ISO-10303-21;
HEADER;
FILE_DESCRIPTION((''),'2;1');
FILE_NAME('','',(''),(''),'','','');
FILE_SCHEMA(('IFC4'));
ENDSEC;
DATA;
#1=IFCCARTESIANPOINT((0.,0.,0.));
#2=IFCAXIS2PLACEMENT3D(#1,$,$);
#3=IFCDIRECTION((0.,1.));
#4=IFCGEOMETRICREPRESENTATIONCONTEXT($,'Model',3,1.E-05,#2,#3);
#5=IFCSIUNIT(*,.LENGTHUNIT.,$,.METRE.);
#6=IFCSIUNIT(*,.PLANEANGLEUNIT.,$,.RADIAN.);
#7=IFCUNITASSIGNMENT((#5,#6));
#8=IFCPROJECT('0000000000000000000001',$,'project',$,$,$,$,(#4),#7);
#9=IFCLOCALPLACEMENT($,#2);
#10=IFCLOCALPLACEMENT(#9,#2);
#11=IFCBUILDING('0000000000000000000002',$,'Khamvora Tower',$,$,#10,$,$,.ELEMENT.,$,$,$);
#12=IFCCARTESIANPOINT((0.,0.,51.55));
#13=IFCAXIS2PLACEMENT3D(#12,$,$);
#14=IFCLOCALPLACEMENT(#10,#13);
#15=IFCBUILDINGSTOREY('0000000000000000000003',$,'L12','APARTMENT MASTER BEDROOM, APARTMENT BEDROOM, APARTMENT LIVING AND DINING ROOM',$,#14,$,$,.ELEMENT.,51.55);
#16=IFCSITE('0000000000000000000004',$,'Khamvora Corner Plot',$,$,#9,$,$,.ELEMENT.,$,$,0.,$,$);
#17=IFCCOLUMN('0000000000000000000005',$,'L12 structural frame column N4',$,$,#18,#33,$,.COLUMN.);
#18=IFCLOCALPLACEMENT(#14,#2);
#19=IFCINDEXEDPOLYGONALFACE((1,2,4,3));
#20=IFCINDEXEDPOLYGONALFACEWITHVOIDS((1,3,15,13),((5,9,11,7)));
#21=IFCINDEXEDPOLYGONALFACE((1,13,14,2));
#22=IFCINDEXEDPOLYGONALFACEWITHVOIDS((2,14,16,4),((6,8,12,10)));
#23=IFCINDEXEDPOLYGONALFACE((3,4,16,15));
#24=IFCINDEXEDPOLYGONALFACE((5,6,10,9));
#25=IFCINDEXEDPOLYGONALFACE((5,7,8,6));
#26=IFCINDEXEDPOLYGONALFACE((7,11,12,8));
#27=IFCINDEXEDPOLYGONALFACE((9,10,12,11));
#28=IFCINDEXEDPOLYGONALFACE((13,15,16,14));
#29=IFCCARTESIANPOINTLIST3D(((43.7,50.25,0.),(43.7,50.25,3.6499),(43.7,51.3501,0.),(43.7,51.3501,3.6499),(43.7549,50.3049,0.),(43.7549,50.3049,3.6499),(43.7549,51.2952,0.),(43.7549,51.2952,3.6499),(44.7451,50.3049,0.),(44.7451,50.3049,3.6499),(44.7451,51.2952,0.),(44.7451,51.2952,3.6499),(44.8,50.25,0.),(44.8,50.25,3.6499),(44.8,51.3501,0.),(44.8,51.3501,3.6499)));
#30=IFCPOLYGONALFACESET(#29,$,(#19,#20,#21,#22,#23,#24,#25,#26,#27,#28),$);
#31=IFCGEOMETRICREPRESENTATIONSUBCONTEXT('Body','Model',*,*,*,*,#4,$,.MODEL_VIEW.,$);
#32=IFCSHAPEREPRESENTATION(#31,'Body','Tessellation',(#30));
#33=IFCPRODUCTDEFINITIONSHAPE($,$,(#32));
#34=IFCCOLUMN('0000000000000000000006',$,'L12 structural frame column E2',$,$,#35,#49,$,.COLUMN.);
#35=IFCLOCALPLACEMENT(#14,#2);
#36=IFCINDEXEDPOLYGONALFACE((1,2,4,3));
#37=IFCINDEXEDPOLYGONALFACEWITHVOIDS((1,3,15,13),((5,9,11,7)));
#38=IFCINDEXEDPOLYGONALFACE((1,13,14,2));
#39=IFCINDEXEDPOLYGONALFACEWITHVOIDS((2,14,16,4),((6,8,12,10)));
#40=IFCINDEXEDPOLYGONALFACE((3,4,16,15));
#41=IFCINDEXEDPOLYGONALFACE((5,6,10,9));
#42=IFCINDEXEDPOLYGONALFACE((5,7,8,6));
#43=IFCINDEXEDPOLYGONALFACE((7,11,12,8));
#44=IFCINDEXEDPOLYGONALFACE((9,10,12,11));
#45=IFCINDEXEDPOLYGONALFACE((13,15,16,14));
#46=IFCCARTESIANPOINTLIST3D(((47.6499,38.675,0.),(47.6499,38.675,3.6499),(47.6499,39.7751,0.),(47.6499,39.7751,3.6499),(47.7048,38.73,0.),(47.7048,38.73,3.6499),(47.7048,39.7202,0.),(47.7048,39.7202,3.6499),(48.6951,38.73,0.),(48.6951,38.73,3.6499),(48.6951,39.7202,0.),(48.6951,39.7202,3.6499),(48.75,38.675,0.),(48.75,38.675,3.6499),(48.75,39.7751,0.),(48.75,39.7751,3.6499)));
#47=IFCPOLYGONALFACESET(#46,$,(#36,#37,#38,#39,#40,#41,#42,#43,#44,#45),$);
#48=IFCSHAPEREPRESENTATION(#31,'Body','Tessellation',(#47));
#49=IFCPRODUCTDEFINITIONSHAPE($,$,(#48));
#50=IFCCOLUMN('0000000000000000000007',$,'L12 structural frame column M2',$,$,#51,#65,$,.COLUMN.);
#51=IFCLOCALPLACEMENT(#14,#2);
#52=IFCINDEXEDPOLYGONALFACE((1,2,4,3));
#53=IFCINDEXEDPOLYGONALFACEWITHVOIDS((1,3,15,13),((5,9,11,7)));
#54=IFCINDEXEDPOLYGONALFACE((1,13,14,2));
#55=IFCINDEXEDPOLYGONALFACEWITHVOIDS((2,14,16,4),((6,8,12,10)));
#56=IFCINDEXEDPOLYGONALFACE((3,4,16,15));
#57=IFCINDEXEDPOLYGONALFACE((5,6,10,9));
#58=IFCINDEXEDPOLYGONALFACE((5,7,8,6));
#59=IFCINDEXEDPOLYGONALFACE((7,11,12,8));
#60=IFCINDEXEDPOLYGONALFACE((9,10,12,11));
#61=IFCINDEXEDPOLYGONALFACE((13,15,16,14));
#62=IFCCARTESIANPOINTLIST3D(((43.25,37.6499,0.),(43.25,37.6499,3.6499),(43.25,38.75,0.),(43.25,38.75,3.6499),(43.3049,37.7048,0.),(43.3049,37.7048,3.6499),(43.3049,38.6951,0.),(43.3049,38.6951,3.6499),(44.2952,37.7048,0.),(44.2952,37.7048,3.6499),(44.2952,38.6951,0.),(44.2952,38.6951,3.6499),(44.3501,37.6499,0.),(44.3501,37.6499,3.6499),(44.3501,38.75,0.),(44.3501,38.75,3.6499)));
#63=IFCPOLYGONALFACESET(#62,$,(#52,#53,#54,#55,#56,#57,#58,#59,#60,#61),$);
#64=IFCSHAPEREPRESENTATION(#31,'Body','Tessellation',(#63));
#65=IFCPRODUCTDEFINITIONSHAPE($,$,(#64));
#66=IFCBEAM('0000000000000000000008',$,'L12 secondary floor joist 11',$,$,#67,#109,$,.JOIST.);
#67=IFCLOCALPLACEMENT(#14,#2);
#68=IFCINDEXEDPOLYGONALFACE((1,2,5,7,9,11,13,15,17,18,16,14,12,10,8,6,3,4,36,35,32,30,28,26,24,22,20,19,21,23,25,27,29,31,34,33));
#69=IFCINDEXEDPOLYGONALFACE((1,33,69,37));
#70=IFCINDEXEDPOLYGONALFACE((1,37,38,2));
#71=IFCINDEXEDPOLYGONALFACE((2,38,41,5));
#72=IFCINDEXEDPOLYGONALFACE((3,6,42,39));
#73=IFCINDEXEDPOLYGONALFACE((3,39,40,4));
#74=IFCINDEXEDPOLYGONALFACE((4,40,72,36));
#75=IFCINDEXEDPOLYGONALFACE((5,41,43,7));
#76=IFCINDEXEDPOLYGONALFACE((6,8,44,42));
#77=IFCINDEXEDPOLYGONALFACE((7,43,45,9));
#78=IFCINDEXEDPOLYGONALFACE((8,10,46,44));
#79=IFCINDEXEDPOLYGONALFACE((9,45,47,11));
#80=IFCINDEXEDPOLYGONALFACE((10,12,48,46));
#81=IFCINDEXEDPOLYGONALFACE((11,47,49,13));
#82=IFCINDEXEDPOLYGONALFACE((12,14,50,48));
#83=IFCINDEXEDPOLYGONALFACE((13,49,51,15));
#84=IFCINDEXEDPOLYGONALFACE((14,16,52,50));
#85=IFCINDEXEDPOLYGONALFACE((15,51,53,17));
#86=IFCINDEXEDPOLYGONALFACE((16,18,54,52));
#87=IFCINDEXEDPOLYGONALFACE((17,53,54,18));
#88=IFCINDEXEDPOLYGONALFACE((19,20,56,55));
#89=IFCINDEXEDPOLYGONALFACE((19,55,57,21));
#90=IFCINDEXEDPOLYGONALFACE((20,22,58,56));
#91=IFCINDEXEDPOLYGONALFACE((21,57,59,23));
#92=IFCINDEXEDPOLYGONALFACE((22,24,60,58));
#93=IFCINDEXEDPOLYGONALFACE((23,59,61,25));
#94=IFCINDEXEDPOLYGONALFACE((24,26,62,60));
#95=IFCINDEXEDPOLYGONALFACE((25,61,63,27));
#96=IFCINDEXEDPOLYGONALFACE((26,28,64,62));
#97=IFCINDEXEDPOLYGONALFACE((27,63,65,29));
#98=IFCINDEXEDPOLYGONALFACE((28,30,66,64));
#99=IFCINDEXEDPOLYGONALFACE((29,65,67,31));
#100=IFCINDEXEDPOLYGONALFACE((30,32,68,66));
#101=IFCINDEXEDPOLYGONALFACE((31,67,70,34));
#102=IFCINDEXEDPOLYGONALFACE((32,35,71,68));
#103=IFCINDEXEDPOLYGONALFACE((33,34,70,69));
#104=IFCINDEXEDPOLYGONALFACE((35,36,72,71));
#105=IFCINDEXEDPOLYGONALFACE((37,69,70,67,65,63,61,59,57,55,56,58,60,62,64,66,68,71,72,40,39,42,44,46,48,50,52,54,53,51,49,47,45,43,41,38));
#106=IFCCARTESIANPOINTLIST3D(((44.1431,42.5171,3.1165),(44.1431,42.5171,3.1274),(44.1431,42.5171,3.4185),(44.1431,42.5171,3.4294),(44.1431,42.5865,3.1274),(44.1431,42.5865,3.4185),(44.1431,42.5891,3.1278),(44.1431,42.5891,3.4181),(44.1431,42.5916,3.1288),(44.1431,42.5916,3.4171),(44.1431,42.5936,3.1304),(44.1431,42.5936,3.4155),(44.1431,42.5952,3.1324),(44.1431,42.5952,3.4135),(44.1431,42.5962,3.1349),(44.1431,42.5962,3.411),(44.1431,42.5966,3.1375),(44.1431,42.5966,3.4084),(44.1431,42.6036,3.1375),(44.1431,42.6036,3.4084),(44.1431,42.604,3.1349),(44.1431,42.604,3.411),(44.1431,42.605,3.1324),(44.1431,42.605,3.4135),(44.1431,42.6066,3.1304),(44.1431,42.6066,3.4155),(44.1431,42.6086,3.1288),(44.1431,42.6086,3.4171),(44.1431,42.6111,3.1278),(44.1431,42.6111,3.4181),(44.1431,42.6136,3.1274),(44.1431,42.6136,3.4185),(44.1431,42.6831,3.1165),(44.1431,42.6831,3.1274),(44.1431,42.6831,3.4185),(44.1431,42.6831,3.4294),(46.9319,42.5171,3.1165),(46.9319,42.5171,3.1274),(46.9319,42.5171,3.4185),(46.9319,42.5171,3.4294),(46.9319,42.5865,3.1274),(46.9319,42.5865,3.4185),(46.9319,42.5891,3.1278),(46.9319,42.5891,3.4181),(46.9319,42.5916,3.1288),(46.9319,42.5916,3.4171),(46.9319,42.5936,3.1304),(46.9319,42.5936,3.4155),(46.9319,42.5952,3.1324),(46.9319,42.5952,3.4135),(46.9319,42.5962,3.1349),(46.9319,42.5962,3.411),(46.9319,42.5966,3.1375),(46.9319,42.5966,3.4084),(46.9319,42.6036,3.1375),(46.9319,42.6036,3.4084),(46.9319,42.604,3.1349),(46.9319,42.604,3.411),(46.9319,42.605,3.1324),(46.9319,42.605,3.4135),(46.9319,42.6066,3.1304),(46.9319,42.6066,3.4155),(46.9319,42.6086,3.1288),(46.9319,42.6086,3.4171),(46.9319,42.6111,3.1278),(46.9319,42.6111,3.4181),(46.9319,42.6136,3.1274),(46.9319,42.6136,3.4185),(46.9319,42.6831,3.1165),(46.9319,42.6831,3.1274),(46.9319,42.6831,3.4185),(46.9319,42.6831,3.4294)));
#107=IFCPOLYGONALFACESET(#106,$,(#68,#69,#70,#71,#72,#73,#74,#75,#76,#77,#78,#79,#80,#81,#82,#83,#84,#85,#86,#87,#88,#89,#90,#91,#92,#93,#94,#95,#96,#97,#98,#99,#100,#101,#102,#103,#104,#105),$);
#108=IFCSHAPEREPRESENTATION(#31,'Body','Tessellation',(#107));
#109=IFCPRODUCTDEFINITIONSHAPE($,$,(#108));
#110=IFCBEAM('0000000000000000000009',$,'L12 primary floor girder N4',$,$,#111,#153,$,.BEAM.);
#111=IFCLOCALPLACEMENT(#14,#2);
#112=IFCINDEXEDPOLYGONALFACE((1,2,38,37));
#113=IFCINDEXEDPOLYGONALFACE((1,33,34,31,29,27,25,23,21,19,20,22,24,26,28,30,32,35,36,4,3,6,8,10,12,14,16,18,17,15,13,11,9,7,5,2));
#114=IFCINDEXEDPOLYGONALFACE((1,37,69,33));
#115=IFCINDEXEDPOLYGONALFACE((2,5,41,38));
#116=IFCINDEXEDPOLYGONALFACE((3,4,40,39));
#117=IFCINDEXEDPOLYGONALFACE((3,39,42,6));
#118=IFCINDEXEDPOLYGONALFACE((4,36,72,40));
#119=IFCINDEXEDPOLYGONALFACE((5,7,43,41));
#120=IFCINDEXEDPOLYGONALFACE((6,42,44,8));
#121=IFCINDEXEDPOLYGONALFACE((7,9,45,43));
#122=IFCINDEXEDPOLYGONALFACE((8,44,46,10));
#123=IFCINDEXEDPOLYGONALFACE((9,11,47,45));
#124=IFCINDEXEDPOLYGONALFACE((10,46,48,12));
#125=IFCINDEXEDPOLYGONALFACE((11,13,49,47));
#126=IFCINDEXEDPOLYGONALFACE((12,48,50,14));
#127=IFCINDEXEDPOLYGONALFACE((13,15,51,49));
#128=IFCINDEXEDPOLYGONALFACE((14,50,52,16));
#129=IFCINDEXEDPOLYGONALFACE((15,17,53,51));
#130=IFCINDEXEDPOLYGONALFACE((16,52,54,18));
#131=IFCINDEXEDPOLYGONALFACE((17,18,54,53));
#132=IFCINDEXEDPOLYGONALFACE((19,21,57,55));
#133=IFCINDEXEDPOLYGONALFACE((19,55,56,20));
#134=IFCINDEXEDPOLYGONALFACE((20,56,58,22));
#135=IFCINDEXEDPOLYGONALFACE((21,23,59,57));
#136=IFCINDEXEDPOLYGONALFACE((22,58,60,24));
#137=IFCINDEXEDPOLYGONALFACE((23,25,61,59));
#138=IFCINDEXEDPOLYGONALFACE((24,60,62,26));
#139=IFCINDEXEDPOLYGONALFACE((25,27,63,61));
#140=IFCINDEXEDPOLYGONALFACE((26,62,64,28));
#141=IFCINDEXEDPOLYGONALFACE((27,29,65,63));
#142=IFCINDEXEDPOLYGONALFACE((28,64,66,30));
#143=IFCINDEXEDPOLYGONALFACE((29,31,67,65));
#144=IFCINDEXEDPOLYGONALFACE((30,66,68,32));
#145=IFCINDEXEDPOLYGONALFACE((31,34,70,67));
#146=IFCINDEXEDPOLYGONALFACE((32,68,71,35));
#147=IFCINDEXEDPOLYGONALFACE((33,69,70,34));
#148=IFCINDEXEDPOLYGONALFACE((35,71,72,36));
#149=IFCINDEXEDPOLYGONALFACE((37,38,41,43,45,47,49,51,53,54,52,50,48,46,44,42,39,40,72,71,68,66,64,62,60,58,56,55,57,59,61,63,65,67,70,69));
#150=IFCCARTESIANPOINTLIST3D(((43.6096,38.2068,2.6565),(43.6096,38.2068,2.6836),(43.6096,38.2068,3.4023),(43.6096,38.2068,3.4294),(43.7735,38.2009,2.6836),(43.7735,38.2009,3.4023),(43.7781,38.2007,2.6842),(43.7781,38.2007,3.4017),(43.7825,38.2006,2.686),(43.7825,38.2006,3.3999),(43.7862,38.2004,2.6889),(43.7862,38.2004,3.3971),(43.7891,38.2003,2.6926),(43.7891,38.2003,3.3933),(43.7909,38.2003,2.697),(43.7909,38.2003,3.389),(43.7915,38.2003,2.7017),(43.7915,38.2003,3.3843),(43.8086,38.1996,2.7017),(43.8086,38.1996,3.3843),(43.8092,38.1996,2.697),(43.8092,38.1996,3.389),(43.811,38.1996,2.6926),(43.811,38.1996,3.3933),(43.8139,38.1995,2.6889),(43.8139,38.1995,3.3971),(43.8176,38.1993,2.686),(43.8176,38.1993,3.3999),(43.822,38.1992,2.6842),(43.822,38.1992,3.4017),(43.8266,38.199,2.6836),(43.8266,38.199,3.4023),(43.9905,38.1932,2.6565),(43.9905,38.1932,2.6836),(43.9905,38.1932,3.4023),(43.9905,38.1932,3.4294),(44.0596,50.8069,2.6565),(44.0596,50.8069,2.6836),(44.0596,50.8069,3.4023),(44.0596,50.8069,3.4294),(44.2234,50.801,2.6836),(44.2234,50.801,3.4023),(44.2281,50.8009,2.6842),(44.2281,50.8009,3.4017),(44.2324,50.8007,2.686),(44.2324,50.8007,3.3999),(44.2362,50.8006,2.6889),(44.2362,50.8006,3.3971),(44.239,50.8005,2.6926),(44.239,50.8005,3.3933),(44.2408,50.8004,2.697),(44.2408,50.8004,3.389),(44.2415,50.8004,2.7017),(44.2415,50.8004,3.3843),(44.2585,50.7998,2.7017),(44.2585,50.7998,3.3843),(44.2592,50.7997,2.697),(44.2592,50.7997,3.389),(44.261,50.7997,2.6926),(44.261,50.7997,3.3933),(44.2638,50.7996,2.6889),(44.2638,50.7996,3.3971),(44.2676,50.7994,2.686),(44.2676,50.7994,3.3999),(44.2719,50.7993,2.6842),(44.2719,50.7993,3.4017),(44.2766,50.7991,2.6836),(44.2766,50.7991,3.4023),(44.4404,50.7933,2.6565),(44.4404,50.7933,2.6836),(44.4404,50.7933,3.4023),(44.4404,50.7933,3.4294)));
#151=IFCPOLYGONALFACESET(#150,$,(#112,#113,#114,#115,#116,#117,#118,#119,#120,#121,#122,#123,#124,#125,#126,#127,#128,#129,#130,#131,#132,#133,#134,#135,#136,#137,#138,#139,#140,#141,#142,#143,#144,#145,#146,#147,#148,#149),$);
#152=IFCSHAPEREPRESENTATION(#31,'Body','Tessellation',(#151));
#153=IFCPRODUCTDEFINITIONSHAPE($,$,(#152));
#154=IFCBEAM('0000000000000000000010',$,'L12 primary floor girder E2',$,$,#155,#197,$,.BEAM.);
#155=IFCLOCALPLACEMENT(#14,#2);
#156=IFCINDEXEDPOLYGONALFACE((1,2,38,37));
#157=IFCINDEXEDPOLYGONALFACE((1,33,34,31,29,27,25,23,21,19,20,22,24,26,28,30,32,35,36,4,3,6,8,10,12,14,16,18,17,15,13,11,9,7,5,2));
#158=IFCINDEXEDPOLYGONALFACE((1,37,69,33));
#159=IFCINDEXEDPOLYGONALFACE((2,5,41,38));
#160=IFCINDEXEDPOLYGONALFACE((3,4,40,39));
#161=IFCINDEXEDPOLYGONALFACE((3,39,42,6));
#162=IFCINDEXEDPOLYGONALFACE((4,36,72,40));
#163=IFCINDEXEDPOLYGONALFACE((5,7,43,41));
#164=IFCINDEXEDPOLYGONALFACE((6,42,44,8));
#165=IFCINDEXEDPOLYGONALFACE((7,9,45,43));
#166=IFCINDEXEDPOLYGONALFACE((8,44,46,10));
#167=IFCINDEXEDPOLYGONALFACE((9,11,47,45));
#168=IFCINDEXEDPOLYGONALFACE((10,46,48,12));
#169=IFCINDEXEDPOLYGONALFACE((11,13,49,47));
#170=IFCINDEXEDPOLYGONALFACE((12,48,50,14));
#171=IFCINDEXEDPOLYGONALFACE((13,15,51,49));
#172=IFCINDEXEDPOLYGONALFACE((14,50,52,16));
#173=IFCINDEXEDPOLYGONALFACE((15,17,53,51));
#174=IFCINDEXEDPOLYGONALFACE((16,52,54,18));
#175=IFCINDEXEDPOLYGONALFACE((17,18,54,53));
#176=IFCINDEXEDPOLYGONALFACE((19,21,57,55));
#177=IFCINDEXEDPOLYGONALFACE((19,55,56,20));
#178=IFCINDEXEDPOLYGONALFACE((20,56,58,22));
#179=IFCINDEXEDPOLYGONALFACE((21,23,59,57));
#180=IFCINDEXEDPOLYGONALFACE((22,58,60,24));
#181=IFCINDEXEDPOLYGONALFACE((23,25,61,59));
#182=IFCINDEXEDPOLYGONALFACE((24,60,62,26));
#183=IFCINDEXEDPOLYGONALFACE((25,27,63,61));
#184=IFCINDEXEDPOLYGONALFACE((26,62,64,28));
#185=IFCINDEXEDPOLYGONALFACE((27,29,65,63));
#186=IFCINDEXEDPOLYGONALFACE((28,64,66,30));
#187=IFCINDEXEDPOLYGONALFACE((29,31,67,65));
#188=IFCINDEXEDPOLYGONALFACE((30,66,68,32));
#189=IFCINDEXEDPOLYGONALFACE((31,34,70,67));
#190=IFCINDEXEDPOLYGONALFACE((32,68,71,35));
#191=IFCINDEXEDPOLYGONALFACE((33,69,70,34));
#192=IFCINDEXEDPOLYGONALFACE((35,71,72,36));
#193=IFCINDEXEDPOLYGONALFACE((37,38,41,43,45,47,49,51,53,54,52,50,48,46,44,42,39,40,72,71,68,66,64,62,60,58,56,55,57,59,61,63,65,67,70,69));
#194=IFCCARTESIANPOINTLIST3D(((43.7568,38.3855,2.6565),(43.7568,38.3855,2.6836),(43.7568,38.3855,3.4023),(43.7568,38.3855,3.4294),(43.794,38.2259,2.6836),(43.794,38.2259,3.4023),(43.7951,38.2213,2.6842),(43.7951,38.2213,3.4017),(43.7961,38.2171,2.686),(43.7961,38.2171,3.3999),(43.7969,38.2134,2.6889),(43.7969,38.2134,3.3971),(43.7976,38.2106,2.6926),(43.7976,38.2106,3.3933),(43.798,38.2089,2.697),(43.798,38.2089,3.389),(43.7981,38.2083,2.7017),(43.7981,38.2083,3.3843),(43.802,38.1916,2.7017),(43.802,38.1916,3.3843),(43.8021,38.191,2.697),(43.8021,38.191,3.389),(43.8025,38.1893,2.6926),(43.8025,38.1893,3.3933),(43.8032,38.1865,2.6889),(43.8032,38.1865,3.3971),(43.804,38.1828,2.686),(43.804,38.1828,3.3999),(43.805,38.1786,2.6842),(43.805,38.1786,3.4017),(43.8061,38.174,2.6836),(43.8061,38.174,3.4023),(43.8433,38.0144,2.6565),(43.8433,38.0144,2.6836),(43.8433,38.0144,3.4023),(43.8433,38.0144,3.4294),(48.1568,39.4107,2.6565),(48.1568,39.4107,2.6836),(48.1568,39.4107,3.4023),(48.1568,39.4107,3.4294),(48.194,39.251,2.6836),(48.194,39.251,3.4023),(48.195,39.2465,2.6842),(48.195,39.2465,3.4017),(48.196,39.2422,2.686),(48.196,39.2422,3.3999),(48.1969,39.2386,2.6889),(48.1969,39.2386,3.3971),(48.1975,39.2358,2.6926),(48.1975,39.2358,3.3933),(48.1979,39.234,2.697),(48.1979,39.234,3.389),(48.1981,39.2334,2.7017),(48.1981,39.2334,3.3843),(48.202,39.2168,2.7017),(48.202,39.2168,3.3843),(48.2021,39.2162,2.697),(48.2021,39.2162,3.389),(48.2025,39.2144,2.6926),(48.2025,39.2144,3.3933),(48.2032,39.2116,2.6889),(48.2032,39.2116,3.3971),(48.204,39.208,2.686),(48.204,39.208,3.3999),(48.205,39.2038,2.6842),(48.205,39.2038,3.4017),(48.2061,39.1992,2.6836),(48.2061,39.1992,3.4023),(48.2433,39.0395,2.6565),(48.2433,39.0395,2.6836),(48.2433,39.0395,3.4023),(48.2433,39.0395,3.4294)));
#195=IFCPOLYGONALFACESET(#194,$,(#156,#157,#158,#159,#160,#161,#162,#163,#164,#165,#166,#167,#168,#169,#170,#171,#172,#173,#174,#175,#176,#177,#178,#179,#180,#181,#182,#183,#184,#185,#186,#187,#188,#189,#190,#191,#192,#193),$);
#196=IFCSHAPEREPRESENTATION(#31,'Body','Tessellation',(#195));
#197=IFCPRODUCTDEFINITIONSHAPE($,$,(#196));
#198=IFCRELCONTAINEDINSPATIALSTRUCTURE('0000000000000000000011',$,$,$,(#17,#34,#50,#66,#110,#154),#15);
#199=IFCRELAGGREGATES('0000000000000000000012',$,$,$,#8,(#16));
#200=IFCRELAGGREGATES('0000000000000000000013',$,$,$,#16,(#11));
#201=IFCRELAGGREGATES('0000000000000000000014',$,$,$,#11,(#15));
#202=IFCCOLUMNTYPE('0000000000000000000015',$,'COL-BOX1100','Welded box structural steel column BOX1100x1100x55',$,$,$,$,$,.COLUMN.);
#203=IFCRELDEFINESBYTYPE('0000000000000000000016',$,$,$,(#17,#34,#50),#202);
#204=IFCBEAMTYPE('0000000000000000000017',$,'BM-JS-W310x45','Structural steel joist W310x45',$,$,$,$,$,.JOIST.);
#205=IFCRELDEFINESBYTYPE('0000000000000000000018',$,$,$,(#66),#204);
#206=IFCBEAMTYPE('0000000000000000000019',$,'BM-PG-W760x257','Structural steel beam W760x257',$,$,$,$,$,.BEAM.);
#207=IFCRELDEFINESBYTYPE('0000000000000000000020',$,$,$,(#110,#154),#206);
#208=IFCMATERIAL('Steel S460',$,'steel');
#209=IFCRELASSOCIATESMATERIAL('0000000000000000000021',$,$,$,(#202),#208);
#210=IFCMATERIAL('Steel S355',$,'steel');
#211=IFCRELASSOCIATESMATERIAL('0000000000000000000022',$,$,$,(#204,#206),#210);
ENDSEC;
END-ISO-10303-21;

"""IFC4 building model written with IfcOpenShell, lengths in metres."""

from ifc_helpers import new_model, si_unit, direction, frame, origin, origin_2d, place, context, subcontext, project, spatial, hollow_rectangle, i_section, extrude, material, material_profile, profile_set, type_object, element, save


model = new_model("IFC4")

# Units and contexts
model_context = context("Model", 3, precision=1e-05, world=origin(), true_north=direction((0.0, 1.0)))
body_context = subcontext(model_context, "Body", "Model", "MODEL_VIEW")
ifc_project = project(units=[si_unit("LENGTHUNIT", "METRE"), si_unit("PLANEANGLEUNIT", "RADIAN")], contexts=[model_context])

# Site, building, storey
site_placement = place(None, origin())
site = spatial("IfcSite", under=ifc_project, at=site_placement, Name="Khamvora Corner Plot", CompositionType="ELEMENT", RefElevation=0.0)
building_placement = place(site_placement, origin())
building = spatial("IfcBuilding", under=site, at=building_placement, Name="Khamvora Tower", CompositionType="ELEMENT")
storey_placement = place(building_placement, frame((0.0, 0.0, 51.55)))
storey = spatial("IfcBuildingStorey", under=building, at=storey_placement, Name="L12", Description="APARTMENT MASTER BEDROOM, APARTMENT BEDROOM, APARTMENT LIVING AND DINING ROOM", CompositionType="ELEMENT", Elevation=51.55)

# Columns
ifc_material_1 = material(Name="Steel S460", Category="steel")
ifc_material_profile_1 = material_profile(ifc_material_1, hollow_rectangle(XDim=1.1001, YDim=1.1001, WallThickness=0.0549, at=origin_2d()), Name="BOX1100x1100x55")
ifc_profile_set_1 = profile_set([ifc_material_profile_1], Name="Steel S460")
column_type = type_object("IfcColumnType", Name="COL-BOX1100", Description="Welded box structural steel column BOX1100x1100x55", PredefinedType="COLUMN", material=ifc_profile_set_1)
for number, where, z_axis, x_axis, name in (
    (1, (44.25, 50.8, 0.0), (0.0, 0.0, 1.0), (1.0, 0.0, 0.0), "L12 structural frame column N4"),
    (2, (48.2, 39.2251, 0.0), (0.0, 0.0, 1.0), (1.0, 0.0, 0.0), "L12 structural frame column E2"),
    (3, (43.8, 38.2, 0.0), (0.0, 0.0, 1.0), (1.0, 0.0, 0.0), "L12 structural frame column M2"),
):
    element("IfcColumn", number, at=place(storey_placement, frame(where, z_axis=z_axis, x_axis=x_axis)), inside=storey, type_object=column_type, Name=name, PredefinedType="COLUMN", context=body_context, shape_type="SweptSolid", body=[
        extrude(hollow_rectangle(XDim=1.1001, YDim=1.1001, WallThickness=0.0549, at=origin_2d()), origin(), (0.0, 0.0, 1.0), 3.6499),
    ])

# Beams
ifc_material_2 = material(Name="Steel S355", Category="steel")
ifc_material_profile_2 = material_profile(ifc_material_2, i_section(OverallWidth=0.166, OverallDepth=0.313, WebThickness=0.0071, FlangeThickness=0.011, FilletRadius=0.01, at=origin_2d()), Name="W310x45")
ifc_profile_set_2 = profile_set([ifc_material_profile_2], Name="Steel S355")
beam_type_1 = type_object("IfcBeamType", Name="BM-JS-W310x45", Description="Structural steel joist W310x45", PredefinedType="JOIST", material=ifc_profile_set_2)
beam_1_placement = place(storey_placement, frame((44.1431, 42.6001, 3.2729), z_axis=(1.0, 0.0, 0.0), x_axis=(0.0, 1.0, 0.0)))
element("IfcBeam", 4, at=beam_1_placement, inside=storey, type_object=beam_type_1, Name="L12 secondary floor joist 11", PredefinedType="JOIST", context=body_context, shape_type="SweptSolid", body=[
    extrude(i_section(OverallWidth=0.166, OverallDepth=0.313, WebThickness=0.0071, FlangeThickness=0.011, FilletRadius=0.01, at=origin_2d()), origin(), (0.0, 0.0, 1.0), 2.7888),
])
ifc_material_profile_3 = material_profile(ifc_material_2, i_section(OverallWidth=0.3811, OverallDepth=0.7729, WebThickness=0.0171, FlangeThickness=0.0271, FilletRadius=0.0181, at=origin_2d()), Name="W760x257")
ifc_profile_set_3 = profile_set([ifc_material_profile_3], Name="Steel S355")
beam_type_2 = type_object("IfcBeamType", Name="BM-PG-W760x257", Description="Structural steel beam W760x257", PredefinedType="BEAM", material=ifc_profile_set_3)
beam_2_placement = place(storey_placement, frame((43.8, 38.2, 3.043), z_axis=(0.035687, 0.999363, 0.0), x_axis=(-0.999363, 0.035687, 0.0)))
element("IfcBeam", 5, at=beam_2_placement, inside=storey, type_object=beam_type_2, Name="L12 primary floor girder N4", PredefinedType="BEAM", context=body_context, shape_type="SweptSolid", body=[
    extrude(i_section(OverallWidth=0.3811, OverallDepth=0.7729, WebThickness=0.0171, FlangeThickness=0.0271, FilletRadius=0.0181, at=origin_2d()), origin(), (0.0, 0.0, 1.0), 12.6082),
])
beam_3_placement = place(storey_placement, frame((43.8, 38.2, 3.043), z_axis=(0.973915, 0.226915, 0.0), x_axis=(-0.226915, 0.973915, 0.0)))
element("IfcBeam", 6, at=beam_3_placement, inside=storey, type_object=beam_type_2, Name="L12 primary floor girder E2", PredefinedType="BEAM", context=body_context, shape_type="SweptSolid", body=[
    extrude(i_section(OverallWidth=0.3811, OverallDepth=0.7729, WebThickness=0.0171, FlangeThickness=0.0271, FilletRadius=0.0181, at=origin_2d()), origin(), (0.0, 0.0, 1.0), 4.5178),
])

save(model, "model.ifc")
